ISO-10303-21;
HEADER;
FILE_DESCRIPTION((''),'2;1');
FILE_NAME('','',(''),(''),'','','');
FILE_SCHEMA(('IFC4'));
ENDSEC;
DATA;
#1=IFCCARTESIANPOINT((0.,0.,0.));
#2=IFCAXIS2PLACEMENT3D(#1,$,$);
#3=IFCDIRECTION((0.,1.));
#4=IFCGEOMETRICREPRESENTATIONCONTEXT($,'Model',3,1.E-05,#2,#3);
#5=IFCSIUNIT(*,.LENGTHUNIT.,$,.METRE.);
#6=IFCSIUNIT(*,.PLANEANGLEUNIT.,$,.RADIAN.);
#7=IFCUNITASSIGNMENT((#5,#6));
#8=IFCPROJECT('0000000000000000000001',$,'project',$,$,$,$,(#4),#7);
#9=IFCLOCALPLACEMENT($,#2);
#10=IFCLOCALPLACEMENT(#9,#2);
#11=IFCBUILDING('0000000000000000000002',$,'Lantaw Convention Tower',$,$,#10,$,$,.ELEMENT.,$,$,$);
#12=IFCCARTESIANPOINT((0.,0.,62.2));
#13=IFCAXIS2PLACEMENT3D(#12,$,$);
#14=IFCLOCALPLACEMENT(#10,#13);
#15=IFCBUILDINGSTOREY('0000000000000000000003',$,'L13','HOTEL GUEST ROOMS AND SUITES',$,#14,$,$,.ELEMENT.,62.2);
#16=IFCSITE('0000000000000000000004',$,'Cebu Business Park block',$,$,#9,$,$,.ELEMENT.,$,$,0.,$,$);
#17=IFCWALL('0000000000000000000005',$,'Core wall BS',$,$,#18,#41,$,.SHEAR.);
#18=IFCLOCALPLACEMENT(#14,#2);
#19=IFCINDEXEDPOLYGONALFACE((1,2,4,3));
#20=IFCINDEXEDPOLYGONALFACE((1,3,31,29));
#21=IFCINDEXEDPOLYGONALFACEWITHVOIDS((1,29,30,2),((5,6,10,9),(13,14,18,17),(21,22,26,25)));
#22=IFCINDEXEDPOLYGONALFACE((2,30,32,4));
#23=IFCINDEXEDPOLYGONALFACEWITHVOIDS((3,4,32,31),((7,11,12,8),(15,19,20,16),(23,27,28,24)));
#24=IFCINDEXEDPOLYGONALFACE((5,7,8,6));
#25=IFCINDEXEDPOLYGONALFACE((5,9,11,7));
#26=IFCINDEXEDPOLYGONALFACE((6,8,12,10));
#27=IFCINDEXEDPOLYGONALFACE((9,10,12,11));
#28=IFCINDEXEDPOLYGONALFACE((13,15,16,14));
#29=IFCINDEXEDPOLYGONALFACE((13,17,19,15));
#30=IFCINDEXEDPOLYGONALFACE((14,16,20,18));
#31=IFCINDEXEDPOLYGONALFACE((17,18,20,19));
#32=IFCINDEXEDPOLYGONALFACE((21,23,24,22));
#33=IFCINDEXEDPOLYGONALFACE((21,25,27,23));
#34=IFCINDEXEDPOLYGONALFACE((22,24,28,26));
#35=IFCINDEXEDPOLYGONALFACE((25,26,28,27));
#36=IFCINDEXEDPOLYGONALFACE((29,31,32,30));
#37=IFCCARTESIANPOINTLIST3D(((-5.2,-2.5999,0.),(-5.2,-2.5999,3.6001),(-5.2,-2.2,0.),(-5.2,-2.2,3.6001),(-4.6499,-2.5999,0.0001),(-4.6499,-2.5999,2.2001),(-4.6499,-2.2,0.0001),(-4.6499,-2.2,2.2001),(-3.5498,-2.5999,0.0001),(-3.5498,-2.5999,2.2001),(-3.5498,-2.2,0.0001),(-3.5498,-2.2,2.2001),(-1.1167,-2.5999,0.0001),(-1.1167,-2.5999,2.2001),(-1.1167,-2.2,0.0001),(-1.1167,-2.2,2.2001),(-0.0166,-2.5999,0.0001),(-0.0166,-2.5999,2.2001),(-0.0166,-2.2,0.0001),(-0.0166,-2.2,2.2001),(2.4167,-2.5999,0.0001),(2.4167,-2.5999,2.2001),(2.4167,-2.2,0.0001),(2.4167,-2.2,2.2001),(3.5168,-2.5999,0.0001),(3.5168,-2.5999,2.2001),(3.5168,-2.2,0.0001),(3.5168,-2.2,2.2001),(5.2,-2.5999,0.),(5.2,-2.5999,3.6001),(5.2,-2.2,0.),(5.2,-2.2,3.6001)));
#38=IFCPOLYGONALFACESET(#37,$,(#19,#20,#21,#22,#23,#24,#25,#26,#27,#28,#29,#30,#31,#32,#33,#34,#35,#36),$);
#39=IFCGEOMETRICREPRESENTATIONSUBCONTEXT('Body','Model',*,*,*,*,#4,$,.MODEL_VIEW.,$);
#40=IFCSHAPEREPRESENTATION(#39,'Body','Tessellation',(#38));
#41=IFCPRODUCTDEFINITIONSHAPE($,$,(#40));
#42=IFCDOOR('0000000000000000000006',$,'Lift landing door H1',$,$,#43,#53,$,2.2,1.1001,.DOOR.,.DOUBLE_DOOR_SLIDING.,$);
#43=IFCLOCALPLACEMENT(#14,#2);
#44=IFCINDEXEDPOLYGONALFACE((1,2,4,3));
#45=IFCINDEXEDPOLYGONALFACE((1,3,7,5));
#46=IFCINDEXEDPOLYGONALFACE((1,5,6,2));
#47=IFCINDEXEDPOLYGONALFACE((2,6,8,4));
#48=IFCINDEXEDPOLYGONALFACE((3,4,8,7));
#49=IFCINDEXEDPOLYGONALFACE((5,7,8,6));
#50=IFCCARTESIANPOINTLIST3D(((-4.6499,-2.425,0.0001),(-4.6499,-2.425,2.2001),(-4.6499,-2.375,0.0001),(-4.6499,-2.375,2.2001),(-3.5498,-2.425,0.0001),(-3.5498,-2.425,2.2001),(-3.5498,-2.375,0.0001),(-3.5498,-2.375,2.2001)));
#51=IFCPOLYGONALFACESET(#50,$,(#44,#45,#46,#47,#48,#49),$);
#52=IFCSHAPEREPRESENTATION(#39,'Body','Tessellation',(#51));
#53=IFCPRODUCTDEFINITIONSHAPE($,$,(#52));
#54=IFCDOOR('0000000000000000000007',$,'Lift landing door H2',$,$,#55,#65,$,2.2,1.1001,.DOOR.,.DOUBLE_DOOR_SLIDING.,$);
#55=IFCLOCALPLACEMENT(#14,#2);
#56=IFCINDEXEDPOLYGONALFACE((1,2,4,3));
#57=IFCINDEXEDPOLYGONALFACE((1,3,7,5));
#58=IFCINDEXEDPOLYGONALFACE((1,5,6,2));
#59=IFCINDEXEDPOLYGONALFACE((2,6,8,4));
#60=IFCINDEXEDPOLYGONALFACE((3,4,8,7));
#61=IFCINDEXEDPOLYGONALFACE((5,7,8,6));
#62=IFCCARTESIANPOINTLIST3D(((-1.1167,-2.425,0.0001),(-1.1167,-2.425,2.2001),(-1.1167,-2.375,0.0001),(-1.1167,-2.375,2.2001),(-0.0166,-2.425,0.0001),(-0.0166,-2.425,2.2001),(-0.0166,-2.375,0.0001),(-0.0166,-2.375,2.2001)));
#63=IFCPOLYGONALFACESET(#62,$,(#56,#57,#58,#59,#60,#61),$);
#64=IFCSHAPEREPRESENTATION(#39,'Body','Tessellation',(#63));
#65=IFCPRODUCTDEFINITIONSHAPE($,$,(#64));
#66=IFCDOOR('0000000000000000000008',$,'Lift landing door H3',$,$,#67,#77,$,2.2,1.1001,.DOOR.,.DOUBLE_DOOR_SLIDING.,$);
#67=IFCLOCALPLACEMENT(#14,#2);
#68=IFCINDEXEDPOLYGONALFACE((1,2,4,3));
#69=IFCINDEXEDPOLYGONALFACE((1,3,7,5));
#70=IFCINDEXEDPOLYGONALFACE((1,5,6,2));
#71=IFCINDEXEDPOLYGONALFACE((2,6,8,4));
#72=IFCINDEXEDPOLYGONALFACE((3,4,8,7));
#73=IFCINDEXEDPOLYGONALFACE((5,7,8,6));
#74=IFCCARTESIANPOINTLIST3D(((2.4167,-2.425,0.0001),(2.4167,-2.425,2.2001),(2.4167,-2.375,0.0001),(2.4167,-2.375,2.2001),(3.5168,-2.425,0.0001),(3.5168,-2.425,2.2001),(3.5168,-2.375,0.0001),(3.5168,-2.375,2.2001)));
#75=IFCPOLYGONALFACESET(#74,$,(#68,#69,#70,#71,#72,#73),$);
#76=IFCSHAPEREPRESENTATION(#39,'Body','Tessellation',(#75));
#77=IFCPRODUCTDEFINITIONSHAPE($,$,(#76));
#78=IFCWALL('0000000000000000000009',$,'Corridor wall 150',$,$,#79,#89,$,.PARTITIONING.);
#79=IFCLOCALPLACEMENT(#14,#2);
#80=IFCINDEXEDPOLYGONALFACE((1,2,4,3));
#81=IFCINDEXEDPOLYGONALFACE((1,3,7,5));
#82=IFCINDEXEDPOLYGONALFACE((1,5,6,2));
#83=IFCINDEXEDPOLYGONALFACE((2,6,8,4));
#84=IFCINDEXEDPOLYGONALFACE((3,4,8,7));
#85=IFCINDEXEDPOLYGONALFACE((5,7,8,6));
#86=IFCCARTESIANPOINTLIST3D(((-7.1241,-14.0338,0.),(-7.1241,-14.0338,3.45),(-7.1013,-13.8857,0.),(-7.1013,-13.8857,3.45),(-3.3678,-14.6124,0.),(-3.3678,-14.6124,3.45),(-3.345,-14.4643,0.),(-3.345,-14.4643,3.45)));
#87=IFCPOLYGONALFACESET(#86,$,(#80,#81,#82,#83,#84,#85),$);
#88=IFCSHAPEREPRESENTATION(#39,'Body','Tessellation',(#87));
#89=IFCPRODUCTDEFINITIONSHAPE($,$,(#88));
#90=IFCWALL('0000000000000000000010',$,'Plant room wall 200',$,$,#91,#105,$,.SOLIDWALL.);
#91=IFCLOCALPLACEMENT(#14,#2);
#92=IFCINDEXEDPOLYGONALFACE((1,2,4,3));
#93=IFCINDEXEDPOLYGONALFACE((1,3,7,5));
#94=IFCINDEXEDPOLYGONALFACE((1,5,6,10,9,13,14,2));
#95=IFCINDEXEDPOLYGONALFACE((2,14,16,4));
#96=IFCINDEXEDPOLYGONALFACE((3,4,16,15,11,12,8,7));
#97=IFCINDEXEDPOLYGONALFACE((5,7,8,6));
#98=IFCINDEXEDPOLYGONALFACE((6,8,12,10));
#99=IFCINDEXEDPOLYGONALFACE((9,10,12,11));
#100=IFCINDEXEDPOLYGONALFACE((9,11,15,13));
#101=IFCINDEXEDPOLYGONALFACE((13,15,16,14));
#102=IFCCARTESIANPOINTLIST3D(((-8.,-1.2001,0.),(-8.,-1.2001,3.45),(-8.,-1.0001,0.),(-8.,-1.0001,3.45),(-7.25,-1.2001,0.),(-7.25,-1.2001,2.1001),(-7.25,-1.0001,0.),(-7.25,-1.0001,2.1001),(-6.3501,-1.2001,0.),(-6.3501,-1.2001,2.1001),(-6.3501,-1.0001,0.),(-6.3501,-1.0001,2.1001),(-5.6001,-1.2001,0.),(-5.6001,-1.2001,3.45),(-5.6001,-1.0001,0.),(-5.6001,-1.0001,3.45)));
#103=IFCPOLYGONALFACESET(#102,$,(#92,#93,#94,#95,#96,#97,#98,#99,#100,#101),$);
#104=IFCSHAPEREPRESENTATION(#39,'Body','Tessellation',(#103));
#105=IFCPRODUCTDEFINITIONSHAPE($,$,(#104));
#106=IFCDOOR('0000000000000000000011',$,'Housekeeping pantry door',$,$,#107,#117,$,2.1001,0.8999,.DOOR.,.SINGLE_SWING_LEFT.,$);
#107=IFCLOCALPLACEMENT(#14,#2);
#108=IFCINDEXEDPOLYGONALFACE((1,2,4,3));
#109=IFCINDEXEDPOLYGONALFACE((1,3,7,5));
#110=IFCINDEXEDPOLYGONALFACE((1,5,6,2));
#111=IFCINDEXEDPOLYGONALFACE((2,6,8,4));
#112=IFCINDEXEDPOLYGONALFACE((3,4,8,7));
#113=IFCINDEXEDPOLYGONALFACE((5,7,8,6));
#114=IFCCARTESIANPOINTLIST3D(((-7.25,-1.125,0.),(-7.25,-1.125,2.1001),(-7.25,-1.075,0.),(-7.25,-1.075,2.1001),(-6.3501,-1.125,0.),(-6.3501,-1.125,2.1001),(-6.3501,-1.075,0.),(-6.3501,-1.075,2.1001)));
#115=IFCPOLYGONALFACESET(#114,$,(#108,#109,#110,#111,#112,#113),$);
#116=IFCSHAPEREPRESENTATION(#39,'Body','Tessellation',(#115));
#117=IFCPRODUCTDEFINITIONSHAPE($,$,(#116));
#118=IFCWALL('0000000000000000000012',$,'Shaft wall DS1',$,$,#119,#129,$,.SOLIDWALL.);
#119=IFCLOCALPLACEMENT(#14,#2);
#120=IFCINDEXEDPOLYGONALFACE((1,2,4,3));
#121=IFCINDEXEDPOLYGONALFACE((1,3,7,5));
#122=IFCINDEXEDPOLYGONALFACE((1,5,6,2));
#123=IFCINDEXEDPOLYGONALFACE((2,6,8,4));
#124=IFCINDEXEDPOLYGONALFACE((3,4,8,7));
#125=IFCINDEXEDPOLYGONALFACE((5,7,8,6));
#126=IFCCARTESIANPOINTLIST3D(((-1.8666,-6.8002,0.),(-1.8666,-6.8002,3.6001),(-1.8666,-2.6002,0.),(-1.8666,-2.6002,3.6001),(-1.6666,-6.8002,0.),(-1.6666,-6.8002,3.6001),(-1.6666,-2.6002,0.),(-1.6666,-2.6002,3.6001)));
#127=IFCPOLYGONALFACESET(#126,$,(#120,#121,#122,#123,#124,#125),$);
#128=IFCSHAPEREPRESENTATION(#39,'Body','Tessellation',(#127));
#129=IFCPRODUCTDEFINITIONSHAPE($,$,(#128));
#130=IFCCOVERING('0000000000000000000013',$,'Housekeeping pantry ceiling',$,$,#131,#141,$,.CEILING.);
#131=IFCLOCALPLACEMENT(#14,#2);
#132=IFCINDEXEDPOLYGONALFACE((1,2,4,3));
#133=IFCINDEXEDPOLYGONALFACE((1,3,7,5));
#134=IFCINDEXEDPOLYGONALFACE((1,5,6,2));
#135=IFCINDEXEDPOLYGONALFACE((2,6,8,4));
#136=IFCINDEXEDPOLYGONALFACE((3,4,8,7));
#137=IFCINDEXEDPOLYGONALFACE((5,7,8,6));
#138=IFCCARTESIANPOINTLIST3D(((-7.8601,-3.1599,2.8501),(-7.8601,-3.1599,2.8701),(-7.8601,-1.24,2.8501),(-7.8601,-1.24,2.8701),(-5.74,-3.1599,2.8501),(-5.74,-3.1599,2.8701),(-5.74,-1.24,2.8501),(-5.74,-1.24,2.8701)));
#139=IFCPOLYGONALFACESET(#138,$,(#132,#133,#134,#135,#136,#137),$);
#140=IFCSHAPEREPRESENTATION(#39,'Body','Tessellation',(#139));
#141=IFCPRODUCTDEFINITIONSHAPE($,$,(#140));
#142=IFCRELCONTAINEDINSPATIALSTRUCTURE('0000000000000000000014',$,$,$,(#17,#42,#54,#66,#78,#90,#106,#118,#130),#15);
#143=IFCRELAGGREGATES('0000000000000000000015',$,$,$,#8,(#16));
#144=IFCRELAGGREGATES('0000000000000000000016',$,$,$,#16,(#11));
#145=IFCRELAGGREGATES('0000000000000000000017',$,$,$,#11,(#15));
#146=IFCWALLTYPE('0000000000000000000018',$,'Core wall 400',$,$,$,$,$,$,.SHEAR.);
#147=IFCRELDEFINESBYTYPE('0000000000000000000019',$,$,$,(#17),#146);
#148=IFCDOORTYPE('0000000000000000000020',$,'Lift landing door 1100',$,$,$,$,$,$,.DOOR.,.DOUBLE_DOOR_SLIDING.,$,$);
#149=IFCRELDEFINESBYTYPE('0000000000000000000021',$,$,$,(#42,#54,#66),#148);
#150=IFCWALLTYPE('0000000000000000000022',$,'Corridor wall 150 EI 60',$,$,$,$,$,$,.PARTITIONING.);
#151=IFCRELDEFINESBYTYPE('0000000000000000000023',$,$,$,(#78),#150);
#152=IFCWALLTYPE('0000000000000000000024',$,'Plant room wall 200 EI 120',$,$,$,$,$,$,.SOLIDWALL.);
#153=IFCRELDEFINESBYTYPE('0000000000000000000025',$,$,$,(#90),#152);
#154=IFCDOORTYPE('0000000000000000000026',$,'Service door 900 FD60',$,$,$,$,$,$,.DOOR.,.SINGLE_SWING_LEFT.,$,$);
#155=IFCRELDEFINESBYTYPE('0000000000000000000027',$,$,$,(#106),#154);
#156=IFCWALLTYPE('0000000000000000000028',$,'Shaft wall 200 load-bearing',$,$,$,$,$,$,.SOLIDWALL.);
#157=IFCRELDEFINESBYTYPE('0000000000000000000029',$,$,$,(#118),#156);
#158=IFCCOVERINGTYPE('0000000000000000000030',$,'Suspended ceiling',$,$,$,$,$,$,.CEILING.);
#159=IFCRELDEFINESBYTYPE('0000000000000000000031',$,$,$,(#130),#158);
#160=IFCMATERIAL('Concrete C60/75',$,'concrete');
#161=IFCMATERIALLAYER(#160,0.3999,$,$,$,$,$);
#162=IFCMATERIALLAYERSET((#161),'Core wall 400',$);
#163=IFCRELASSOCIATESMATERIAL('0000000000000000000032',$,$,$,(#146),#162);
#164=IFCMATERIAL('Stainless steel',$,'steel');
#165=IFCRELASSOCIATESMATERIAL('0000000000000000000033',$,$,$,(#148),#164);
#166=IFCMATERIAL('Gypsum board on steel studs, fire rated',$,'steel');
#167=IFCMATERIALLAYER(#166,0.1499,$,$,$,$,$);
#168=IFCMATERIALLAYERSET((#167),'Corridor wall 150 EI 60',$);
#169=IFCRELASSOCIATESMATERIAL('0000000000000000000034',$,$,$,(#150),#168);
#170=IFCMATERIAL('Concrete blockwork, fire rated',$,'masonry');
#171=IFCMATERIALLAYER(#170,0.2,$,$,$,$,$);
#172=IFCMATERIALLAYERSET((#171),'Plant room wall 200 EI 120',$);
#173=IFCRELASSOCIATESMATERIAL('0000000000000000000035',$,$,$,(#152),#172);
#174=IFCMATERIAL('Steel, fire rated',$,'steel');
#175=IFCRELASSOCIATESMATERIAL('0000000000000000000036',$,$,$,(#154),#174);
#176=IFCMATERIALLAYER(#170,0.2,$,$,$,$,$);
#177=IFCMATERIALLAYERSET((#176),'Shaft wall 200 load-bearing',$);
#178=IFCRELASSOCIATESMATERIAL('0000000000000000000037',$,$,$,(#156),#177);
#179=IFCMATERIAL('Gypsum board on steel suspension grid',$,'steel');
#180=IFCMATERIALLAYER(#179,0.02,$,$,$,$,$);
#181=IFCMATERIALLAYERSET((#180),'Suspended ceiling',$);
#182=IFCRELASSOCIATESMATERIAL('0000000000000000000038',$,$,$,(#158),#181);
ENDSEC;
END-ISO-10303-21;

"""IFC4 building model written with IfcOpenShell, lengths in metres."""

from ifc_helpers import new_model, si_unit, direction, frame, frame_2d, origin, place, context, subcontext, project, spatial, polyline, rectangle, outline, extrude, material, layer, layer_set, type_object, element, fill, save


model = new_model("IFC4")

# Units and contexts
model_context = context("Model", 3, precision=1e-05, world=origin(), true_north=direction((0.0, 1.0)))
body_context = subcontext(model_context, "Body", "Model", "MODEL_VIEW")
ifc_project = project(units=[si_unit("LENGTHUNIT", "METRE"), si_unit("PLANEANGLEUNIT", "RADIAN")], contexts=[model_context])

# Site, building, storey
site_placement = place(None, origin())
site = spatial("IfcSite", under=ifc_project, at=site_placement, Name="Cebu Business Park block", CompositionType="ELEMENT", RefElevation=0.0)
building_placement = place(site_placement, origin())
building = spatial("IfcBuilding", under=site, at=building_placement, Name="Lantaw Convention Tower", CompositionType="ELEMENT")
storey_placement = place(building_placement, frame((0.0, 0.0, 62.2)))
storey = spatial("IfcBuildingStorey", under=building, at=storey_placement, Name="L13", Description="HOTEL GUEST ROOMS AND SUITES", CompositionType="ELEMENT", Elevation=62.2)

# Shared definitions
ifc_material_1 = material(Name="Concrete C60/75", Category="concrete")

# Shared definitions
ifc_material_2 = material(Name="Steel, fire rated", Category="steel")

# Wall, openings, doors
ifc_layer_1 = layer(ifc_material_1, 0.3999)
ifc_layer_set_1 = layer_set([ifc_layer_1], Name="Core wall 400")
wall_type_1 = type_object("IfcWallType", Name="Core wall 400", PredefinedType="SHEAR", material=ifc_layer_set_1)
wall_1_placement = place(storey_placement, frame((-5.2, -2.3999, 0.0), z_axis=(0.0, 0.0, 1.0), x_axis=(1.0, 0.0, 0.0)))
wall_1 = element("IfcWall", 1, at=wall_1_placement, inside=storey, type_object=wall_type_1, Name="Core wall BS", PredefinedType="SHEAR", context=body_context, shape_type="SweptSolid", body=[
    extrude(rectangle(XDim=10.3999, YDim=0.3999, at=frame_2d((5.2, 0.0))), origin(), (0.0, 0.0, 1.0), 3.6001),
])
opening_1_placement = place(wall_1_placement, frame((0.55, 0.0, 0.0)))
opening_1 = element("IfcOpeningElement", 2, at=opening_1_placement, cuts=wall_1, PredefinedType="OPENING", context=body_context, shape_type="SweptSolid", body=[
    extrude(rectangle(XDim=1.1001, YDim=2.2, at=frame_2d((0.55, 1.1001))), frame((0.0, 0.21, 0.0), z_axis=(0.0, -1.0, 0.0), x_axis=(1.0, 0.0, 0.0)), (0.0, 0.0, 1.0), 0.4199),
])
opening_2_placement = place(wall_1_placement, frame((4.0833, 0.0, 0.0)))
opening_2 = element("IfcOpeningElement", 3, at=opening_2_placement, cuts=wall_1, PredefinedType="OPENING", context=body_context, shape_type="SweptSolid", body=[
    extrude(rectangle(XDim=1.1001, YDim=2.2, at=frame_2d((0.55, 1.1001))), frame((0.0, 0.21, 0.0), z_axis=(0.0, -1.0, 0.0), x_axis=(1.0, 0.0, 0.0)), (0.0, 0.0, 1.0), 0.4199),
])
opening_3_placement = place(wall_1_placement, frame((7.6167, 0.0, 0.0)))
opening_3 = element("IfcOpeningElement", 4, at=opening_3_placement, cuts=wall_1, PredefinedType="OPENING", context=body_context, shape_type="SweptSolid", body=[
    extrude(rectangle(XDim=1.1001, YDim=2.2, at=frame_2d((0.55, 1.1001))), frame((0.0, 0.21, 0.0), z_axis=(0.0, -1.0, 0.0), x_axis=(1.0, 0.0, 0.0)), (0.0, 0.0, 1.0), 0.4199),
])
ifc_material_3 = material(Name="Stainless steel", Category="steel")
door_type_1 = type_object("IfcDoorType", Name="Lift landing door 1100", OperationType="DOUBLE_DOOR_SLIDING", PredefinedType="DOOR", material=ifc_material_3)
door_1_placement = place(opening_1_placement, origin())
door_1 = element("IfcDoor", 5, at=door_1_placement, inside=storey, type_object=door_type_1, Name="Lift landing door H1", OperationType="DOUBLE_DOOR_SLIDING", OverallHeight=2.2, OverallWidth=1.1001, PredefinedType="DOOR", context=body_context, shape_type="SweptSolid", body=[
    extrude(rectangle(XDim=1.1001, YDim=2.2, at=frame_2d((0.55, 1.1001))), frame((0.0, 0.0249, 0.0), z_axis=(0.0, -1.0, 0.0), x_axis=(1.0, 0.0, 0.0)), (0.0, 0.0, 1.0), 0.05),
])
fill(opening_1, door_1)
door_2_placement = place(opening_2_placement, origin())
door_2 = element("IfcDoor", 6, at=door_2_placement, inside=storey, type_object=door_type_1, Name="Lift landing door H2", OperationType="DOUBLE_DOOR_SLIDING", OverallHeight=2.2, OverallWidth=1.1001, PredefinedType="DOOR", context=body_context, shape_type="SweptSolid", body=[
    extrude(rectangle(XDim=1.1001, YDim=2.2, at=frame_2d((0.55, 1.1001))), frame((0.0, 0.0249, 0.0), z_axis=(0.0, -1.0, 0.0), x_axis=(1.0, 0.0, 0.0)), (0.0, 0.0, 1.0), 0.05),
])
fill(opening_2, door_2)
door_3_placement = place(opening_3_placement, origin())
door_3 = element("IfcDoor", 7, at=door_3_placement, inside=storey, type_object=door_type_1, Name="Lift landing door H3", OperationType="DOUBLE_DOOR_SLIDING", OverallHeight=2.2, OverallWidth=1.1001, PredefinedType="DOOR", context=body_context, shape_type="SweptSolid", body=[
    extrude(rectangle(XDim=1.1001, YDim=2.2, at=frame_2d((0.55, 1.1001))), frame((0.0, 0.0249, 0.0), z_axis=(0.0, -1.0, 0.0), x_axis=(1.0, 0.0, 0.0)), (0.0, 0.0, 1.0), 0.05),
])
fill(opening_3, door_3)

# Wall
ifc_material_4 = material(Name="Gypsum board on steel studs, fire rated", Category="steel")
ifc_layer_2 = layer(ifc_material_4, 0.1499)
ifc_layer_set_2 = layer_set([ifc_layer_2], Name="Corridor wall 150 EI 60")
wall_type_2 = type_object("IfcWallType", Name="Corridor wall 150 EI 60", PredefinedType="PARTITIONING", material=ifc_layer_set_2)
wall_2_placement = place(storey_placement, frame((-7.1128, -13.9597, 0.0), z_axis=(0.0, 0.0, 1.0), x_axis=(0.988343, -0.152241, 0.0)))
element("IfcWall", 8, at=wall_2_placement, inside=storey, type_object=wall_type_2, Name="Corridor wall 150", PredefinedType="PARTITIONING", context=body_context, shape_type="SweptSolid", body=[
    extrude(rectangle(XDim=3.8005, YDim=0.1499, at=frame_2d((1.9004, 0.0))), origin(), (0.0, 0.0, 1.0), 3.45),
])

# Wall, opening, door
ifc_material_5 = material(Name="Concrete blockwork, fire rated", Category="masonry")
ifc_layer_3 = layer(ifc_material_5, 0.2)
ifc_layer_set_3 = layer_set([ifc_layer_3], Name="Plant room wall 200 EI 120")
wall_type_3 = type_object("IfcWallType", Name="Plant room wall 200 EI 120", PredefinedType="SOLIDWALL", material=ifc_layer_set_3)
wall_3_placement = place(storey_placement, frame((-5.6001, -1.1001, 0.0), z_axis=(0.0, 0.0, 1.0), x_axis=(-1.0, 0.0, 0.0)))
wall_3 = element("IfcWall", 9, at=wall_3_placement, inside=storey, type_object=wall_type_3, Name="Plant room wall 200", PredefinedType="SOLIDWALL", context=body_context, shape_type="SweptSolid", body=[
    extrude(rectangle(XDim=2.3999, YDim=0.2, at=frame_2d((1.2, 0.0))), origin(), (0.0, 0.0, 1.0), 3.45),
])
opening_4_placement = place(wall_3_placement, frame((0.75, 0.0, 0.0)))
opening_4 = element("IfcOpeningElement", 10, at=opening_4_placement, cuts=wall_3, PredefinedType="OPENING", context=body_context, shape_type="SweptSolid", body=[
    extrude(rectangle(XDim=0.8999, YDim=2.1001, at=frame_2d((0.45, 1.05))), frame((0.0, 0.1099, 0.0), z_axis=(0.0, -1.0, 0.0), x_axis=(1.0, 0.0, 0.0)), (0.0, 0.0, 1.0), 0.22),
])
door_type_2 = type_object("IfcDoorType", Name="Service door 900 FD60", OperationType="SINGLE_SWING_LEFT", PredefinedType="DOOR", material=ifc_material_2)
door_4_placement = place(opening_4_placement, origin())
door_4 = element("IfcDoor", 11, at=door_4_placement, inside=storey, type_object=door_type_2, Name="Housekeeping pantry door", OperationType="SINGLE_SWING_LEFT", OverallHeight=2.1001, OverallWidth=0.8999, PredefinedType="DOOR", context=body_context, shape_type="SweptSolid", body=[
    extrude(rectangle(XDim=0.8999, YDim=2.1001, at=frame_2d((0.45, 1.05))), frame((0.0, 0.0249, 0.0), z_axis=(0.0, -1.0, 0.0), x_axis=(1.0, 0.0, 0.0)), (0.0, 0.0, 1.0), 0.05),
])
fill(opening_4, door_4)

# Wall
ifc_layer_4 = layer(ifc_material_5, 0.2)
ifc_layer_set_4 = layer_set([ifc_layer_4], Name="Shaft wall 200 load-bearing")
wall_type_4 = type_object("IfcWallType", Name="Shaft wall 200 load-bearing", PredefinedType="SOLIDWALL", material=ifc_layer_set_4)
wall_4_placement = place(storey_placement, frame((-1.7666, -2.6001, 0.0), z_axis=(0.0, 0.0, 1.0), x_axis=(0.0, -1.0, 0.0)))
element("IfcWall", 12, at=wall_4_placement, inside=storey, type_object=wall_type_4, Name="Shaft wall DS1", PredefinedType="SOLIDWALL", context=body_context, shape_type="SweptSolid", body=[
    extrude(rectangle(XDim=4.2, YDim=0.2, at=frame_2d((2.1001, 0.0))), origin(), (0.0, 0.0, 1.0), 3.6001),
])

# Covering
ifc_material_6 = material(Name="Gypsum board on steel suspension grid", Category="steel")
ifc_layer_5 = layer(ifc_material_6, 0.02)
ifc_layer_set_5 = layer_set([ifc_layer_5], Name="Suspended ceiling")
covering_type = type_object("IfcCoveringType", Name="Suspended ceiling", PredefinedType="CEILING", material=ifc_layer_set_5)
covering_placement = place(storey_placement, frame((0.0, 0.0, 2.8501)))
element("IfcCovering", 13, at=covering_placement, inside=storey, type_object=covering_type, Name="Housekeeping pantry ceiling", PredefinedType="CEILING", context=body_context, shape_type="SweptSolid", body=[
    extrude(outline(polyline([(-7.8601, -3.1599), (-5.74, -3.1599), (-5.74, -1.24), (-7.8601, -1.24), (-7.8601, -3.1599)])), origin(), (0.0, 0.0, 1.0), 0.02),
])

save(model, "model.ifc")
